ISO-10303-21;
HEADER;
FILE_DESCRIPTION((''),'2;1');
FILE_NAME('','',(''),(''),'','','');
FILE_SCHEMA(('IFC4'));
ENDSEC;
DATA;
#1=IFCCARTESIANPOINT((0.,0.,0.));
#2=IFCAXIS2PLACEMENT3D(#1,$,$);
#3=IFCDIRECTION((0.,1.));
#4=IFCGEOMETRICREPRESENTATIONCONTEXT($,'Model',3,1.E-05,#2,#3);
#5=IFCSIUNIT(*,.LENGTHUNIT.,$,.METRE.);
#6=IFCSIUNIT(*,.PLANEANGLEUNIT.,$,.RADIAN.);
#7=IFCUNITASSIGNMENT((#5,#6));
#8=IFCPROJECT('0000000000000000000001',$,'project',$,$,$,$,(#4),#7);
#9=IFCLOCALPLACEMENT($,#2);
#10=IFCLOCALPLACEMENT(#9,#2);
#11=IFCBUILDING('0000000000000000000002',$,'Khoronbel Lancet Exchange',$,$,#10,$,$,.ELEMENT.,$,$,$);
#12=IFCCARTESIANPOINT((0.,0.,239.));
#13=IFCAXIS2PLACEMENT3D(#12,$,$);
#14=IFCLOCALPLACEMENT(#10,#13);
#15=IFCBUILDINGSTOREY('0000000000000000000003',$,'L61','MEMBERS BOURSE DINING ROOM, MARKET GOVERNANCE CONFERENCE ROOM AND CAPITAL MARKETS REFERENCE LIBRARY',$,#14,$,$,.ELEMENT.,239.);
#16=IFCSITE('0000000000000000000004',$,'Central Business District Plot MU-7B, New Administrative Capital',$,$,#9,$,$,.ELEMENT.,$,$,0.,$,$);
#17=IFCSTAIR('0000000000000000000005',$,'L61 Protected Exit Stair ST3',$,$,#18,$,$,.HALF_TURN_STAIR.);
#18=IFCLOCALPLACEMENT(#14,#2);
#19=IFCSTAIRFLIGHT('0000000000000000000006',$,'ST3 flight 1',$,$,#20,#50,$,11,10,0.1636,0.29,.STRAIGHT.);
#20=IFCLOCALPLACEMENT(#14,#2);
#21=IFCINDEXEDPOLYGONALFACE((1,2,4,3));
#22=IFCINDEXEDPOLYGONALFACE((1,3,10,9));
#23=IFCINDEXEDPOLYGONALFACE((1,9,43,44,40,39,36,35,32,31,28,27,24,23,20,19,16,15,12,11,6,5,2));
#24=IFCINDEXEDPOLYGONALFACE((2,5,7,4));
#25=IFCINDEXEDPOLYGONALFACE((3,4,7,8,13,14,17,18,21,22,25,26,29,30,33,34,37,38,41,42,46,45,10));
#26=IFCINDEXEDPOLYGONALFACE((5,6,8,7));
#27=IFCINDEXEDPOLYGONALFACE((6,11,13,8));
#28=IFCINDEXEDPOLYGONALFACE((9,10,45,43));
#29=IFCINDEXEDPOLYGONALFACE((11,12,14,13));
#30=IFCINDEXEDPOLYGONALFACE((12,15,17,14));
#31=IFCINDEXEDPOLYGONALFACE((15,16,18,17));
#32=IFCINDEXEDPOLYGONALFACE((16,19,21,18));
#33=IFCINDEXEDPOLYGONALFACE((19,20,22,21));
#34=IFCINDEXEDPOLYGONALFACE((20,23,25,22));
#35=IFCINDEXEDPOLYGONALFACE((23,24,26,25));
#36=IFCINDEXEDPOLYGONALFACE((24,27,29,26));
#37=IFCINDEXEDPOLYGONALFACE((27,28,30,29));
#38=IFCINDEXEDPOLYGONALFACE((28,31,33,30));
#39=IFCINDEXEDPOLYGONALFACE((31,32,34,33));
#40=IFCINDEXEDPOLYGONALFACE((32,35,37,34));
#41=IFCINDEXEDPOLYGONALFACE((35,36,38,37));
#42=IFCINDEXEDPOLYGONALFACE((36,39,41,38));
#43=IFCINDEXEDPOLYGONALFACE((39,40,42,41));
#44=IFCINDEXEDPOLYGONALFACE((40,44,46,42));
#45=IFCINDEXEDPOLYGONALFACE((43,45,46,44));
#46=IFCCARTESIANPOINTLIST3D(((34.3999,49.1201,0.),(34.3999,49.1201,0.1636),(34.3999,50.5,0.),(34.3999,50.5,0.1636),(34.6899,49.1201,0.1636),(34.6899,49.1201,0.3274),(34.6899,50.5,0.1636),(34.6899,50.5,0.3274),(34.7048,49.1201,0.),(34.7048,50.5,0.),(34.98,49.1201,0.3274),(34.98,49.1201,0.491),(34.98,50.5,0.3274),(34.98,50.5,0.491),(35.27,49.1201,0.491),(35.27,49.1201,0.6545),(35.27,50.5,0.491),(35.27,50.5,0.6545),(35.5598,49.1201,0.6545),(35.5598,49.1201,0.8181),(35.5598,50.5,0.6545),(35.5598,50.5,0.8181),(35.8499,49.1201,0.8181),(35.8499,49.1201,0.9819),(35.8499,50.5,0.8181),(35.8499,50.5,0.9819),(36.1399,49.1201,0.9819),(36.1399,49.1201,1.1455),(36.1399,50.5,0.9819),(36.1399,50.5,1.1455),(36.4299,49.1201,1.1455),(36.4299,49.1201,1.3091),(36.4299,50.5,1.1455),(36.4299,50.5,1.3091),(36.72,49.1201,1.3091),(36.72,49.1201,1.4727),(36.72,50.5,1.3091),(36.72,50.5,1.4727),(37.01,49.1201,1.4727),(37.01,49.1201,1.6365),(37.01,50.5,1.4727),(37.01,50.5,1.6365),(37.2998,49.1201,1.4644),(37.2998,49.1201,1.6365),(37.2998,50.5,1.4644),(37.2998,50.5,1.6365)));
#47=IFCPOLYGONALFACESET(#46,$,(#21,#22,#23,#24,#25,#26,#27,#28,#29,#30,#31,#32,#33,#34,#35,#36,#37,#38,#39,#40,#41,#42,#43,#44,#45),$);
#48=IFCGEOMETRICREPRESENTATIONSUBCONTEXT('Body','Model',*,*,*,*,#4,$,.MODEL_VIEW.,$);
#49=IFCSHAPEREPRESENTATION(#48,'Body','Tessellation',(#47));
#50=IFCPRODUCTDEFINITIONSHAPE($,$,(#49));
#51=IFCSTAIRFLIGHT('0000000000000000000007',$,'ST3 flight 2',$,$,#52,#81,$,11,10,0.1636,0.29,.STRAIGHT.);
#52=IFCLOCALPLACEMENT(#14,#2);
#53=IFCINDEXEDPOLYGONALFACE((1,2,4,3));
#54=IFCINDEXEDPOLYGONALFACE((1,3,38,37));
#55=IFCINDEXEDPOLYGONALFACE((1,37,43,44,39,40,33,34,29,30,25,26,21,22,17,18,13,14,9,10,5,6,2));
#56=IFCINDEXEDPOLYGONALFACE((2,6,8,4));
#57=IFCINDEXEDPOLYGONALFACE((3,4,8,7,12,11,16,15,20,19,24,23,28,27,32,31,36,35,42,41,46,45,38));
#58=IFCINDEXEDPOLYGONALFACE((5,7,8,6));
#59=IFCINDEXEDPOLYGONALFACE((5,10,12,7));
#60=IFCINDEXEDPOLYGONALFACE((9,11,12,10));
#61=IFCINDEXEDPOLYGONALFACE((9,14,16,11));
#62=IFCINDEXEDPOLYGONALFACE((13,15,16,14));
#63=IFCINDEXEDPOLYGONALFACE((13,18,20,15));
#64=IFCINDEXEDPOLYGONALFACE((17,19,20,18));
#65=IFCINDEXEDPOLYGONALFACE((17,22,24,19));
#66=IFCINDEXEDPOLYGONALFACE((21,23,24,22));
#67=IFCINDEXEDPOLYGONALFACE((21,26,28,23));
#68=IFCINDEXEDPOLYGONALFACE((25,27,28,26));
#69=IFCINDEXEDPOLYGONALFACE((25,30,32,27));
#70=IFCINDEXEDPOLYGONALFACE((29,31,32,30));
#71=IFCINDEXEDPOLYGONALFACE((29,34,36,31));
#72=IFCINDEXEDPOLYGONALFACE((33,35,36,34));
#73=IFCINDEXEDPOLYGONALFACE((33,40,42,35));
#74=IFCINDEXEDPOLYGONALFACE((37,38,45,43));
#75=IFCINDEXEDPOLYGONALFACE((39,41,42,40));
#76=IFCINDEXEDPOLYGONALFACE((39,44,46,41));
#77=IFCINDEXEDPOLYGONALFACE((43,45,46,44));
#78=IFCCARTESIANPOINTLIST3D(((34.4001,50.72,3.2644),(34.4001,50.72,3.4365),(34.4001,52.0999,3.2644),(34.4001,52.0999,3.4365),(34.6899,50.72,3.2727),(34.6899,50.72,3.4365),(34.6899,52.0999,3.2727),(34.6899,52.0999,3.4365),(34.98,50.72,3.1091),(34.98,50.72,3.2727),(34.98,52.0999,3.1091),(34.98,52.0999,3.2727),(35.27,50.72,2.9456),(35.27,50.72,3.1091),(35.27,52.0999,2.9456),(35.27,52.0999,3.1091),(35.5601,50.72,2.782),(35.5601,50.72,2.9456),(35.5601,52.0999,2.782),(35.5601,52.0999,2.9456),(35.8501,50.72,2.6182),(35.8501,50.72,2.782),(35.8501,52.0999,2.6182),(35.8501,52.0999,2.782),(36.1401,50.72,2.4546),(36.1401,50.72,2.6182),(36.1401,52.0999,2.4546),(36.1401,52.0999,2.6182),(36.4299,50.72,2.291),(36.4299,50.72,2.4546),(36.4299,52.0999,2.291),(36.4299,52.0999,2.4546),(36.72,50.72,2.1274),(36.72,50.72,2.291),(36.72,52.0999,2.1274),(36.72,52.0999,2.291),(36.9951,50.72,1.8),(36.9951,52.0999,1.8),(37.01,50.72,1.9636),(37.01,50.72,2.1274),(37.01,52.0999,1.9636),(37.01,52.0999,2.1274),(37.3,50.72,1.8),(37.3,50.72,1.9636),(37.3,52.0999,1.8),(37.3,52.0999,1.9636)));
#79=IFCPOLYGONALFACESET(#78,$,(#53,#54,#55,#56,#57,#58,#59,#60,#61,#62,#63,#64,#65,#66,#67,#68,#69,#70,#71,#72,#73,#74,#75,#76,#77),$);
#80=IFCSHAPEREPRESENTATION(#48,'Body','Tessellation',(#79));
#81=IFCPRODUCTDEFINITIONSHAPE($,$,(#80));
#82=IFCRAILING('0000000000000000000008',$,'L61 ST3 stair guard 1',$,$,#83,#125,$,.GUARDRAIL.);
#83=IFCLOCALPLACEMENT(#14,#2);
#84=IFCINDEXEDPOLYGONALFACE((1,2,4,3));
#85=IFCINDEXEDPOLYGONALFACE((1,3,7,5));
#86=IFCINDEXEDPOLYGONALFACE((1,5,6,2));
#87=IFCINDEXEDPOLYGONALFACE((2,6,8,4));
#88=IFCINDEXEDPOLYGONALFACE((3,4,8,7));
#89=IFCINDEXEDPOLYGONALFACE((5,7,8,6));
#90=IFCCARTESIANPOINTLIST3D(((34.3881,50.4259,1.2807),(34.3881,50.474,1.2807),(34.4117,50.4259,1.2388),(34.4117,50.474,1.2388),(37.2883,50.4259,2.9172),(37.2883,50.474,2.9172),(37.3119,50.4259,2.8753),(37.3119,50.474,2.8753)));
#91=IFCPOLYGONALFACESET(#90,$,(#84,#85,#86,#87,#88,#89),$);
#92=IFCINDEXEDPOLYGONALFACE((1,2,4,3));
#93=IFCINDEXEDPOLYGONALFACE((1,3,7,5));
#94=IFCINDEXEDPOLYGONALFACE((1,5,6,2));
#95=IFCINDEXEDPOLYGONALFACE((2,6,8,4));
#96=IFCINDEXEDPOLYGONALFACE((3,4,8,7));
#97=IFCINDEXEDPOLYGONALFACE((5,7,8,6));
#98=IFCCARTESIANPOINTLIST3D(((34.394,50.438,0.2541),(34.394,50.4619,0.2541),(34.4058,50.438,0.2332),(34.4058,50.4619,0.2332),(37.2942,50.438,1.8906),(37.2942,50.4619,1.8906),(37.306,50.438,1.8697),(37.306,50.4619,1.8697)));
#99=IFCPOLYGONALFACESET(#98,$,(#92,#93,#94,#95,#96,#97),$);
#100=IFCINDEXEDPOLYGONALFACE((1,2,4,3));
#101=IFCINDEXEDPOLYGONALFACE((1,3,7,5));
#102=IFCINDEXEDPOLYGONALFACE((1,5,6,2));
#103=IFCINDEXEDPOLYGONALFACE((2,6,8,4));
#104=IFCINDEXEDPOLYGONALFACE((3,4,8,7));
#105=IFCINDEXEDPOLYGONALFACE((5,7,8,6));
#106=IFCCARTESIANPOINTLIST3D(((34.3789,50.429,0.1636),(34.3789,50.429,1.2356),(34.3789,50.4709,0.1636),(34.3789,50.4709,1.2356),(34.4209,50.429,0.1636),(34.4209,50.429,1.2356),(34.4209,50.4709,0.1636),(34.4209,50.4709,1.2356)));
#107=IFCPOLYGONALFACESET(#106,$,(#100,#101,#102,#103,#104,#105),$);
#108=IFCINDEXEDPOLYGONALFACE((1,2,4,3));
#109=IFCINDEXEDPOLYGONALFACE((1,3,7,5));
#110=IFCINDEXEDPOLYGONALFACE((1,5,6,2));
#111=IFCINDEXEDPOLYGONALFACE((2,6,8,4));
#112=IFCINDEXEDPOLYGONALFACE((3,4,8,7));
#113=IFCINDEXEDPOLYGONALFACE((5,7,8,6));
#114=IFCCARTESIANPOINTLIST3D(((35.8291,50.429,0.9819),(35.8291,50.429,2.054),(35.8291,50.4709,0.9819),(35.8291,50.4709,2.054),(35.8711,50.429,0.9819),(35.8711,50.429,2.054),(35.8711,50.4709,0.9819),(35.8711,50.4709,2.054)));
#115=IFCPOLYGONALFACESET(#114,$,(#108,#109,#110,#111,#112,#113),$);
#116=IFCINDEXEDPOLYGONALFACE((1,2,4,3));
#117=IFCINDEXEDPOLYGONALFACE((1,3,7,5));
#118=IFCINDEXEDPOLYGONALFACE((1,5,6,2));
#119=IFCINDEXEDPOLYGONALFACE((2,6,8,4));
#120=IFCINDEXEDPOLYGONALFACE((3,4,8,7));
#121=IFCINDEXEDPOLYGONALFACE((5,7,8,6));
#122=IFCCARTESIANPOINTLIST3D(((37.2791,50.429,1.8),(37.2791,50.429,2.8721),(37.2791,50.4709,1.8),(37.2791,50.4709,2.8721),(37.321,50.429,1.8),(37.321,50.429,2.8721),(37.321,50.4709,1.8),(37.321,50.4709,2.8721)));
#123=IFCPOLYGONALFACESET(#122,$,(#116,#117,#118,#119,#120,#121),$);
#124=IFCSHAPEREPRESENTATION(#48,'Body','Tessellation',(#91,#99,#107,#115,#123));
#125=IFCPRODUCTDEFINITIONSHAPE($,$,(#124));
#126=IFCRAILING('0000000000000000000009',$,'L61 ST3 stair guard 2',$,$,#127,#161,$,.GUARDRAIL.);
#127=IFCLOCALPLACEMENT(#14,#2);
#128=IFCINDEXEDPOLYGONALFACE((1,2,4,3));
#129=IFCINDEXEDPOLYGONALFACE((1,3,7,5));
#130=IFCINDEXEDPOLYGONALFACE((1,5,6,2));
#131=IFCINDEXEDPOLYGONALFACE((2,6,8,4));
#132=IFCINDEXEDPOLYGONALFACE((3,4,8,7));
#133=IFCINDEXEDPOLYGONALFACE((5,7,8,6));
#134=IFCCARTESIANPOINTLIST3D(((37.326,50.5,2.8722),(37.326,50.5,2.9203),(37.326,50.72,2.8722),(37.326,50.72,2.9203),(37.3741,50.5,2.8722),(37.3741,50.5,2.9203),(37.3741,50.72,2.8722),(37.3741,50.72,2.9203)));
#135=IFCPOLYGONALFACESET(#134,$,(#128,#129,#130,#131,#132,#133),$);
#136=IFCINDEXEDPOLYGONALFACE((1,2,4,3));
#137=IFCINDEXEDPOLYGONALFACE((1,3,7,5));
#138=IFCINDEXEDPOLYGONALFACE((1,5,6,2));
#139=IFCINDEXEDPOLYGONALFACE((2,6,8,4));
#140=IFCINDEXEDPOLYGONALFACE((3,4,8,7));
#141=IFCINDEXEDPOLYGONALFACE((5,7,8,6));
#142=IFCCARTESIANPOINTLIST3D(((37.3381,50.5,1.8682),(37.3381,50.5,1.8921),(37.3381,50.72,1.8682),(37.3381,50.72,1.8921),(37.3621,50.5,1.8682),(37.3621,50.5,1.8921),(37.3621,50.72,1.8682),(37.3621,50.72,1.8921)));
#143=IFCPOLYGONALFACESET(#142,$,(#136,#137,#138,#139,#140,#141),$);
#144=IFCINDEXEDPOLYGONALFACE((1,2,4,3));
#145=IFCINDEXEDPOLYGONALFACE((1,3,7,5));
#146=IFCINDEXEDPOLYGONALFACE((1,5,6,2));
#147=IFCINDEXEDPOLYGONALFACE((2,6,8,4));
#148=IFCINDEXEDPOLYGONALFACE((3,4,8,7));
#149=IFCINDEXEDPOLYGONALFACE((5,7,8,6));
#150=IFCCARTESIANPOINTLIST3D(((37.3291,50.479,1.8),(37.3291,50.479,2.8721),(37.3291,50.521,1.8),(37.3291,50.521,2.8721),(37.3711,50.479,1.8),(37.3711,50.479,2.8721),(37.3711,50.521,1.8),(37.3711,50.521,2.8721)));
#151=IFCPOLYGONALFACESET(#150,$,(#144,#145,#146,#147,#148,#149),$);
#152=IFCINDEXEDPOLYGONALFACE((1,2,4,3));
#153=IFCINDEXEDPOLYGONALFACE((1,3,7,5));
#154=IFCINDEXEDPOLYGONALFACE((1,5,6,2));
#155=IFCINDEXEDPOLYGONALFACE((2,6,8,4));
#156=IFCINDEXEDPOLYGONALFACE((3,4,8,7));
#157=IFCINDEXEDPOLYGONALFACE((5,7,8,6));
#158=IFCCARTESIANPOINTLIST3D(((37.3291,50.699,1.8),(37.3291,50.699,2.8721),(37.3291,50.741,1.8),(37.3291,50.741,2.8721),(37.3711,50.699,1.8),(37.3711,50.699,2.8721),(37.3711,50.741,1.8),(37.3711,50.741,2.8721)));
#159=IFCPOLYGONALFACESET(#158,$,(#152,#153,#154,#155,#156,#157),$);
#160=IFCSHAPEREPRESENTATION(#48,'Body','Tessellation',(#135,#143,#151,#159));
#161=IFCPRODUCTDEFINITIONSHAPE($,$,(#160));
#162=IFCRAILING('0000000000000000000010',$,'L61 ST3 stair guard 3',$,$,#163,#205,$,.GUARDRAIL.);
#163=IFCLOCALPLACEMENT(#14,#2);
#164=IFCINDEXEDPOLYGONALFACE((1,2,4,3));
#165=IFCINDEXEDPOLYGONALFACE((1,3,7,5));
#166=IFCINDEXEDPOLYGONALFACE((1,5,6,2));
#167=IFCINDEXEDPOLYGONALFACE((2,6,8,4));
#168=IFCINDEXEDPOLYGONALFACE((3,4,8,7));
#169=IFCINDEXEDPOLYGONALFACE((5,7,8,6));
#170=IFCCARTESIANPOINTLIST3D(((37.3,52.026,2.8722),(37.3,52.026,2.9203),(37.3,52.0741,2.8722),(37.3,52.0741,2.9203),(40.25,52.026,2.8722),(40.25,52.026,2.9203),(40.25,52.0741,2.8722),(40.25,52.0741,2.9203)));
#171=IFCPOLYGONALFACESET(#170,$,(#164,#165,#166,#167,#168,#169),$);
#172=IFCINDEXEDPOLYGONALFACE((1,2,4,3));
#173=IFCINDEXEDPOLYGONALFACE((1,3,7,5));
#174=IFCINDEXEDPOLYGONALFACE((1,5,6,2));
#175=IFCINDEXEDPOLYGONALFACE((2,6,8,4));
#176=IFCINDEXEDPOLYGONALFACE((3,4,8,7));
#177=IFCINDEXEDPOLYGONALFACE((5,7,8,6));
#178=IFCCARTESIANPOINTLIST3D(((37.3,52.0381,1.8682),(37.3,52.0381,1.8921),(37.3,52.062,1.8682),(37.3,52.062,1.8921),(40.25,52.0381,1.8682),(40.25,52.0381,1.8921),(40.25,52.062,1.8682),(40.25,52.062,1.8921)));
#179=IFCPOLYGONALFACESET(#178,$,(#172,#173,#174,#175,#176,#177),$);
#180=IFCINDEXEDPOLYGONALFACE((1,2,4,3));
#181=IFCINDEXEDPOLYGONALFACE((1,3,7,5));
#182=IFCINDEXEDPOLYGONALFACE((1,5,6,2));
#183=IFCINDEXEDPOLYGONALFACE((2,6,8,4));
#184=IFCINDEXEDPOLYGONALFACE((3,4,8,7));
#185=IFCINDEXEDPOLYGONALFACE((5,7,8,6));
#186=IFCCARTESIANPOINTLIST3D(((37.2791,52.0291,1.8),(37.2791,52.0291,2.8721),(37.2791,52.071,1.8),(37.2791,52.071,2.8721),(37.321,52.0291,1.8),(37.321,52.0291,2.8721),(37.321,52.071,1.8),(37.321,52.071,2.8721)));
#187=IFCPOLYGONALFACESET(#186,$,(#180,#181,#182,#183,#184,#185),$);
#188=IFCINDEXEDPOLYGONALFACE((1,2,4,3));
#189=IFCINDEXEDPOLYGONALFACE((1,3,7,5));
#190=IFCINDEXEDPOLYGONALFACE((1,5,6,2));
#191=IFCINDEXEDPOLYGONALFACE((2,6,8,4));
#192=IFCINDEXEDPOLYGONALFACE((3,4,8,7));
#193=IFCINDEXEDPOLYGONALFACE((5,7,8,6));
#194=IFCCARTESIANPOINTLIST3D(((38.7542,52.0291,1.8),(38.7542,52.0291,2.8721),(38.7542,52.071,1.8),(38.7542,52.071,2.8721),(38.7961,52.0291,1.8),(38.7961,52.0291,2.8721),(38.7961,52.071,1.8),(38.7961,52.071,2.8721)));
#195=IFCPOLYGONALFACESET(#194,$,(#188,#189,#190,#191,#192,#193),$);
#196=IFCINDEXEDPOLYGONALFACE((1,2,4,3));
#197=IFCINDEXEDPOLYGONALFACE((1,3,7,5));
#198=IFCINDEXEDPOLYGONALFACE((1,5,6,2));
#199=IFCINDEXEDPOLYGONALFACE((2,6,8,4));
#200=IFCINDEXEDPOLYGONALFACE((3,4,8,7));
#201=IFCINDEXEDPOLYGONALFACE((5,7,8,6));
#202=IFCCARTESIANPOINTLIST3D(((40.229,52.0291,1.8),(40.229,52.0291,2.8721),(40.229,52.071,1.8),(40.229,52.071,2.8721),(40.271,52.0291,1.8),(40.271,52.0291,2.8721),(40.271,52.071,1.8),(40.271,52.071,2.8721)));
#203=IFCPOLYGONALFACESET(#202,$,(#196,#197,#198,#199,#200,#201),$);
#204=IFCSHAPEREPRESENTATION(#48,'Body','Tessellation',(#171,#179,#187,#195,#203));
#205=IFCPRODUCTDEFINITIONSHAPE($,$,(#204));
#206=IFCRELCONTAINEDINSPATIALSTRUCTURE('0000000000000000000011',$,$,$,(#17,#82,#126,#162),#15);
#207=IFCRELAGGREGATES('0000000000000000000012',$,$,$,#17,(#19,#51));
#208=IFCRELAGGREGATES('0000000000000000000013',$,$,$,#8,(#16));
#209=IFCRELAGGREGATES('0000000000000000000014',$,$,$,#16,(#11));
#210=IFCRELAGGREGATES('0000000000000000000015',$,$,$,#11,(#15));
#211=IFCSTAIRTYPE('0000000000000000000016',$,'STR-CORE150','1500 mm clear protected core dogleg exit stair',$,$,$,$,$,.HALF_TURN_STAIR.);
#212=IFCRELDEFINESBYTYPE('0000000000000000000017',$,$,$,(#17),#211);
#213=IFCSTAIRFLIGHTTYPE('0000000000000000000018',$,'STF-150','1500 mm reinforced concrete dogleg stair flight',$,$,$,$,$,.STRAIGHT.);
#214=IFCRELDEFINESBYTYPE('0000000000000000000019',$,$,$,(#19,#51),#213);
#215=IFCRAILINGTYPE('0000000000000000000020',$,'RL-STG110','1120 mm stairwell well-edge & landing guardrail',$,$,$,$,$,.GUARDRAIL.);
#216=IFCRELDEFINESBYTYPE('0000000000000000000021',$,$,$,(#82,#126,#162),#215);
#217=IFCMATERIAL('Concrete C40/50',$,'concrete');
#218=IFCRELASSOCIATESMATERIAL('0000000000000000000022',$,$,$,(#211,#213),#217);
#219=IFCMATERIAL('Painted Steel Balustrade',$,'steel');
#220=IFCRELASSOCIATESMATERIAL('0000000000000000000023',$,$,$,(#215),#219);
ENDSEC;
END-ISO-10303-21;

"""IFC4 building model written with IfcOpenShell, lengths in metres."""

from ifc_helpers import new_model, si_unit, direction, frame, origin, origin_2d, place, context, subcontext, project, spatial, polyline, rectangle, outline, extrude, material, type_object, element, aggregate, save


model = new_model("IFC4")

# Units and contexts
model_context = context("Model", 3, precision=1e-05, world=origin(), true_north=direction((0.0, 1.0)))
body_context = subcontext(model_context, "Body", "Model", "MODEL_VIEW")
ifc_project = project(units=[si_unit("LENGTHUNIT", "METRE"), si_unit("PLANEANGLEUNIT", "RADIAN")], contexts=[model_context])

# Site, building, storey
site_placement = place(None, origin())
site = spatial("IfcSite", under=ifc_project, at=site_placement, Name="Central Business District Plot MU-7B, New Administrative Capital", CompositionType="ELEMENT", RefElevation=0.0)
building_placement = place(site_placement, origin())
building = spatial("IfcBuilding", under=site, at=building_placement, Name="Khoronbel Lancet Exchange", CompositionType="ELEMENT")
storey_placement = place(building_placement, frame((0.0, 0.0, 239.0)))
storey = spatial("IfcBuildingStorey", under=building, at=storey_placement, Name="L61", Description="MEMBERS BOURSE DINING ROOM, MARKET GOVERNANCE CONFERENCE ROOM AND CAPITAL MARKETS REFERENCE LIBRARY", CompositionType="ELEMENT", Elevation=239.0)

# Stair, stair flights
ifc_material_1 = material(Name="Concrete C40/50", Category="concrete")
stair_type = type_object("IfcStairType", Name="STR-CORE150", Description="1500 mm clear protected core dogleg exit stair", PredefinedType="HALF_TURN_STAIR", material=ifc_material_1)
stair_placement = place(storey_placement, origin())
stair = element("IfcStair", 1, at=stair_placement, inside=storey, type_object=stair_type, Name="L61 Protected Exit Stair ST3", PredefinedType="HALF_TURN_STAIR")
stair_flight_type = type_object("IfcStairFlightType", Name="STF-150", Description="1500 mm reinforced concrete dogleg stair flight", PredefinedType="STRAIGHT", material=ifc_material_1)
stair_flight_1_placement = place(storey_placement, frame((34.3999, 49.8101, 0.0), z_axis=(0.0, 0.0, 1.0), x_axis=(1.0, 0.0, 0.0)))
stair_flight_1 = element("IfcStairFlight", 2, at=stair_flight_1_placement, type_object=stair_flight_type, Name="ST3 flight 1", NumberOfRisers=11, NumberOfTreads=10, PredefinedType="STRAIGHT", RiserHeight=0.1636, TreadLength=0.29, context=body_context, shape_type="SweptSolid", body=[
    extrude(outline(polyline([(0.0, 0.0), (0.0, 0.1636), (0.29, 0.1636), (0.29, 0.3274), (0.5801, 0.3274), (0.5801, 0.491), (0.8701, 0.491), (0.8701, 0.6545), (1.1599, 0.6545), (1.1599, 0.8181), (1.45, 0.8181), (1.45, 0.9819), (1.74, 0.9819), (1.74, 1.1455), (2.03, 1.1455), (2.03, 1.3091), (2.3201, 1.3091), (2.3201, 1.4727), (2.6101, 1.4727), (2.6101, 1.6365), (2.8999, 1.6365), (2.8999, 1.8), (2.8999, 1.4644), (0.3049, 0.0), (0.0, 0.0)])), frame((0.0, 0.6899, 0.0), z_axis=(0.0, -1.0, 0.0), x_axis=(1.0, 0.0, 0.0)), (0.0, 0.0, 1.0), 1.3799),
])
stair_flight_2_placement = place(storey_placement, frame((37.3, 51.4099, 1.8), z_axis=(0.0, 0.0, 1.0), x_axis=(-1.0, 0.0, 0.0)))
stair_flight_2 = element("IfcStairFlight", 3, at=stair_flight_2_placement, type_object=stair_flight_type, Name="ST3 flight 2", NumberOfRisers=11, NumberOfTreads=10, PredefinedType="STRAIGHT", RiserHeight=0.1636, TreadLength=0.29, context=body_context, shape_type="SweptSolid", body=[
    extrude(outline(polyline([(0.0, 0.0), (0.0, 0.1636), (0.29, 0.1636), (0.29, 0.3274), (0.5801, 0.3274), (0.5801, 0.491), (0.8701, 0.491), (0.8701, 0.6545), (1.1599, 0.6545), (1.1599, 0.8181), (1.45, 0.8181), (1.45, 0.9819), (1.74, 0.9819), (1.74, 1.1455), (2.03, 1.1455), (2.03, 1.3091), (2.3201, 1.3091), (2.3201, 1.4727), (2.6101, 1.4727), (2.6101, 1.6365), (2.8999, 1.6365), (2.8999, 1.8), (2.8999, 1.4644), (0.3049, 0.0), (0.0, 0.0)])), frame((0.0, 0.6899, 0.0), z_axis=(0.0, -1.0, 0.0), x_axis=(1.0, 0.0, 0.0)), (0.0, 0.0, 1.0), 1.3799),
])
aggregate(stair, [stair_flight_1, stair_flight_2])

# Railings
ifc_material_2 = material(Name="Painted Steel Balustrade", Category="steel")
railing_type_1 = type_object("IfcRailingType", Name="RL-STG110", Description="1120 mm stairwell well-edge & landing guardrail", PredefinedType="GUARDRAIL", material=ifc_material_2)
railing_1_placement = place(storey_placement, frame((34.3999, 50.45, 0.1636)))
element("IfcRailing", 4, at=railing_1_placement, inside=storey, type_object=railing_type_1, Name="L61 ST3 stair guard 1", PredefinedType="GUARDRAIL", context=body_context, shape_type="SweptSolid", body=[
    extrude(rectangle(XDim=0.0481, YDim=0.0481, at=origin_2d()), frame((0.0, 0.0, 1.0962), z_axis=(0.870915, 0.0, 0.491434), x_axis=(0.0, 1.0, 0.0)), (0.0, 0.0, 1.0), 3.3301),
    extrude(rectangle(XDim=0.0239, YDim=0.0239, at=origin_2d()), frame((0.0, 0.0, 0.0801), z_axis=(0.870915, 0.0, 0.491434), x_axis=(0.0, 1.0, 0.0)), (0.0, 0.0, 1.0), 3.3301),
    extrude(rectangle(XDim=0.042, YDim=0.042, at=origin_2d()), origin(), (0.0, 0.0, 1.0), 1.072),
    extrude(rectangle(XDim=0.042, YDim=0.042, at=origin_2d()), frame((1.4502, 0.0, 0.8184)), (0.0, 0.0, 1.0), 1.072),
    extrude(rectangle(XDim=0.042, YDim=0.042, at=origin_2d()), frame((2.9001, 0.0, 1.6365)), (0.0, 0.0, 1.0), 1.072),
])
railing_2_placement = place(storey_placement, frame((37.3501, 50.5, 1.8)))
element("IfcRailing", 5, at=railing_2_placement, inside=storey, type_object=railing_type_1, Name="L61 ST3 stair guard 2", PredefinedType="GUARDRAIL", context=body_context, shape_type="SweptSolid", body=[
    extrude(rectangle(XDim=0.0481, YDim=0.0481, at=origin_2d()), frame((0.0, 0.0, 1.0962), z_axis=(0.0, 1.0, 0.0), x_axis=(-1.0, 0.0, 0.0)), (0.0, 0.0, 1.0), 0.22),
    extrude(rectangle(XDim=0.0239, YDim=0.0239, at=origin_2d()), frame((0.0, 0.0, 0.0801), z_axis=(0.0, 1.0, 0.0), x_axis=(-1.0, 0.0, 0.0)), (0.0, 0.0, 1.0), 0.22),
    extrude(rectangle(XDim=0.042, YDim=0.042, at=origin_2d()), origin(), (0.0, 0.0, 1.0), 1.072),
    extrude(rectangle(XDim=0.042, YDim=0.042, at=origin_2d()), frame((0.0, 0.22, 0.0)), (0.0, 0.0, 1.0), 1.072),
])
railing_3_placement = place(storey_placement, frame((37.3, 52.05, 1.8)))
element("IfcRailing", 6, at=railing_3_placement, inside=storey, type_object=railing_type_1, Name="L61 ST3 stair guard 3", PredefinedType="GUARDRAIL", context=body_context, shape_type="SweptSolid", body=[
    extrude(rectangle(XDim=0.0481, YDim=0.0481, at=origin_2d()), frame((0.0, 0.0, 1.0962), z_axis=(1.0, 0.0, 0.0), x_axis=(0.0, 1.0, 0.0)), (0.0, 0.0, 1.0), 2.95),
    extrude(rectangle(XDim=0.0239, YDim=0.0239, at=origin_2d()), frame((0.0, 0.0, 0.0801), z_axis=(1.0, 0.0, 0.0), x_axis=(0.0, 1.0, 0.0)), (0.0, 0.0, 1.0), 2.95),
    extrude(rectangle(XDim=0.042, YDim=0.042, at=origin_2d()), origin(), (0.0, 0.0, 1.0), 1.072),
    extrude(rectangle(XDim=0.042, YDim=0.042, at=origin_2d()), frame((1.4751, 0.0, 0.0)), (0.0, 0.0, 1.0), 1.072),
    extrude(rectangle(XDim=0.042, YDim=0.042, at=origin_2d()), frame((2.95, 0.0, 0.0)), (0.0, 0.0, 1.0), 1.072),
])

save(model, "model.ifc")
